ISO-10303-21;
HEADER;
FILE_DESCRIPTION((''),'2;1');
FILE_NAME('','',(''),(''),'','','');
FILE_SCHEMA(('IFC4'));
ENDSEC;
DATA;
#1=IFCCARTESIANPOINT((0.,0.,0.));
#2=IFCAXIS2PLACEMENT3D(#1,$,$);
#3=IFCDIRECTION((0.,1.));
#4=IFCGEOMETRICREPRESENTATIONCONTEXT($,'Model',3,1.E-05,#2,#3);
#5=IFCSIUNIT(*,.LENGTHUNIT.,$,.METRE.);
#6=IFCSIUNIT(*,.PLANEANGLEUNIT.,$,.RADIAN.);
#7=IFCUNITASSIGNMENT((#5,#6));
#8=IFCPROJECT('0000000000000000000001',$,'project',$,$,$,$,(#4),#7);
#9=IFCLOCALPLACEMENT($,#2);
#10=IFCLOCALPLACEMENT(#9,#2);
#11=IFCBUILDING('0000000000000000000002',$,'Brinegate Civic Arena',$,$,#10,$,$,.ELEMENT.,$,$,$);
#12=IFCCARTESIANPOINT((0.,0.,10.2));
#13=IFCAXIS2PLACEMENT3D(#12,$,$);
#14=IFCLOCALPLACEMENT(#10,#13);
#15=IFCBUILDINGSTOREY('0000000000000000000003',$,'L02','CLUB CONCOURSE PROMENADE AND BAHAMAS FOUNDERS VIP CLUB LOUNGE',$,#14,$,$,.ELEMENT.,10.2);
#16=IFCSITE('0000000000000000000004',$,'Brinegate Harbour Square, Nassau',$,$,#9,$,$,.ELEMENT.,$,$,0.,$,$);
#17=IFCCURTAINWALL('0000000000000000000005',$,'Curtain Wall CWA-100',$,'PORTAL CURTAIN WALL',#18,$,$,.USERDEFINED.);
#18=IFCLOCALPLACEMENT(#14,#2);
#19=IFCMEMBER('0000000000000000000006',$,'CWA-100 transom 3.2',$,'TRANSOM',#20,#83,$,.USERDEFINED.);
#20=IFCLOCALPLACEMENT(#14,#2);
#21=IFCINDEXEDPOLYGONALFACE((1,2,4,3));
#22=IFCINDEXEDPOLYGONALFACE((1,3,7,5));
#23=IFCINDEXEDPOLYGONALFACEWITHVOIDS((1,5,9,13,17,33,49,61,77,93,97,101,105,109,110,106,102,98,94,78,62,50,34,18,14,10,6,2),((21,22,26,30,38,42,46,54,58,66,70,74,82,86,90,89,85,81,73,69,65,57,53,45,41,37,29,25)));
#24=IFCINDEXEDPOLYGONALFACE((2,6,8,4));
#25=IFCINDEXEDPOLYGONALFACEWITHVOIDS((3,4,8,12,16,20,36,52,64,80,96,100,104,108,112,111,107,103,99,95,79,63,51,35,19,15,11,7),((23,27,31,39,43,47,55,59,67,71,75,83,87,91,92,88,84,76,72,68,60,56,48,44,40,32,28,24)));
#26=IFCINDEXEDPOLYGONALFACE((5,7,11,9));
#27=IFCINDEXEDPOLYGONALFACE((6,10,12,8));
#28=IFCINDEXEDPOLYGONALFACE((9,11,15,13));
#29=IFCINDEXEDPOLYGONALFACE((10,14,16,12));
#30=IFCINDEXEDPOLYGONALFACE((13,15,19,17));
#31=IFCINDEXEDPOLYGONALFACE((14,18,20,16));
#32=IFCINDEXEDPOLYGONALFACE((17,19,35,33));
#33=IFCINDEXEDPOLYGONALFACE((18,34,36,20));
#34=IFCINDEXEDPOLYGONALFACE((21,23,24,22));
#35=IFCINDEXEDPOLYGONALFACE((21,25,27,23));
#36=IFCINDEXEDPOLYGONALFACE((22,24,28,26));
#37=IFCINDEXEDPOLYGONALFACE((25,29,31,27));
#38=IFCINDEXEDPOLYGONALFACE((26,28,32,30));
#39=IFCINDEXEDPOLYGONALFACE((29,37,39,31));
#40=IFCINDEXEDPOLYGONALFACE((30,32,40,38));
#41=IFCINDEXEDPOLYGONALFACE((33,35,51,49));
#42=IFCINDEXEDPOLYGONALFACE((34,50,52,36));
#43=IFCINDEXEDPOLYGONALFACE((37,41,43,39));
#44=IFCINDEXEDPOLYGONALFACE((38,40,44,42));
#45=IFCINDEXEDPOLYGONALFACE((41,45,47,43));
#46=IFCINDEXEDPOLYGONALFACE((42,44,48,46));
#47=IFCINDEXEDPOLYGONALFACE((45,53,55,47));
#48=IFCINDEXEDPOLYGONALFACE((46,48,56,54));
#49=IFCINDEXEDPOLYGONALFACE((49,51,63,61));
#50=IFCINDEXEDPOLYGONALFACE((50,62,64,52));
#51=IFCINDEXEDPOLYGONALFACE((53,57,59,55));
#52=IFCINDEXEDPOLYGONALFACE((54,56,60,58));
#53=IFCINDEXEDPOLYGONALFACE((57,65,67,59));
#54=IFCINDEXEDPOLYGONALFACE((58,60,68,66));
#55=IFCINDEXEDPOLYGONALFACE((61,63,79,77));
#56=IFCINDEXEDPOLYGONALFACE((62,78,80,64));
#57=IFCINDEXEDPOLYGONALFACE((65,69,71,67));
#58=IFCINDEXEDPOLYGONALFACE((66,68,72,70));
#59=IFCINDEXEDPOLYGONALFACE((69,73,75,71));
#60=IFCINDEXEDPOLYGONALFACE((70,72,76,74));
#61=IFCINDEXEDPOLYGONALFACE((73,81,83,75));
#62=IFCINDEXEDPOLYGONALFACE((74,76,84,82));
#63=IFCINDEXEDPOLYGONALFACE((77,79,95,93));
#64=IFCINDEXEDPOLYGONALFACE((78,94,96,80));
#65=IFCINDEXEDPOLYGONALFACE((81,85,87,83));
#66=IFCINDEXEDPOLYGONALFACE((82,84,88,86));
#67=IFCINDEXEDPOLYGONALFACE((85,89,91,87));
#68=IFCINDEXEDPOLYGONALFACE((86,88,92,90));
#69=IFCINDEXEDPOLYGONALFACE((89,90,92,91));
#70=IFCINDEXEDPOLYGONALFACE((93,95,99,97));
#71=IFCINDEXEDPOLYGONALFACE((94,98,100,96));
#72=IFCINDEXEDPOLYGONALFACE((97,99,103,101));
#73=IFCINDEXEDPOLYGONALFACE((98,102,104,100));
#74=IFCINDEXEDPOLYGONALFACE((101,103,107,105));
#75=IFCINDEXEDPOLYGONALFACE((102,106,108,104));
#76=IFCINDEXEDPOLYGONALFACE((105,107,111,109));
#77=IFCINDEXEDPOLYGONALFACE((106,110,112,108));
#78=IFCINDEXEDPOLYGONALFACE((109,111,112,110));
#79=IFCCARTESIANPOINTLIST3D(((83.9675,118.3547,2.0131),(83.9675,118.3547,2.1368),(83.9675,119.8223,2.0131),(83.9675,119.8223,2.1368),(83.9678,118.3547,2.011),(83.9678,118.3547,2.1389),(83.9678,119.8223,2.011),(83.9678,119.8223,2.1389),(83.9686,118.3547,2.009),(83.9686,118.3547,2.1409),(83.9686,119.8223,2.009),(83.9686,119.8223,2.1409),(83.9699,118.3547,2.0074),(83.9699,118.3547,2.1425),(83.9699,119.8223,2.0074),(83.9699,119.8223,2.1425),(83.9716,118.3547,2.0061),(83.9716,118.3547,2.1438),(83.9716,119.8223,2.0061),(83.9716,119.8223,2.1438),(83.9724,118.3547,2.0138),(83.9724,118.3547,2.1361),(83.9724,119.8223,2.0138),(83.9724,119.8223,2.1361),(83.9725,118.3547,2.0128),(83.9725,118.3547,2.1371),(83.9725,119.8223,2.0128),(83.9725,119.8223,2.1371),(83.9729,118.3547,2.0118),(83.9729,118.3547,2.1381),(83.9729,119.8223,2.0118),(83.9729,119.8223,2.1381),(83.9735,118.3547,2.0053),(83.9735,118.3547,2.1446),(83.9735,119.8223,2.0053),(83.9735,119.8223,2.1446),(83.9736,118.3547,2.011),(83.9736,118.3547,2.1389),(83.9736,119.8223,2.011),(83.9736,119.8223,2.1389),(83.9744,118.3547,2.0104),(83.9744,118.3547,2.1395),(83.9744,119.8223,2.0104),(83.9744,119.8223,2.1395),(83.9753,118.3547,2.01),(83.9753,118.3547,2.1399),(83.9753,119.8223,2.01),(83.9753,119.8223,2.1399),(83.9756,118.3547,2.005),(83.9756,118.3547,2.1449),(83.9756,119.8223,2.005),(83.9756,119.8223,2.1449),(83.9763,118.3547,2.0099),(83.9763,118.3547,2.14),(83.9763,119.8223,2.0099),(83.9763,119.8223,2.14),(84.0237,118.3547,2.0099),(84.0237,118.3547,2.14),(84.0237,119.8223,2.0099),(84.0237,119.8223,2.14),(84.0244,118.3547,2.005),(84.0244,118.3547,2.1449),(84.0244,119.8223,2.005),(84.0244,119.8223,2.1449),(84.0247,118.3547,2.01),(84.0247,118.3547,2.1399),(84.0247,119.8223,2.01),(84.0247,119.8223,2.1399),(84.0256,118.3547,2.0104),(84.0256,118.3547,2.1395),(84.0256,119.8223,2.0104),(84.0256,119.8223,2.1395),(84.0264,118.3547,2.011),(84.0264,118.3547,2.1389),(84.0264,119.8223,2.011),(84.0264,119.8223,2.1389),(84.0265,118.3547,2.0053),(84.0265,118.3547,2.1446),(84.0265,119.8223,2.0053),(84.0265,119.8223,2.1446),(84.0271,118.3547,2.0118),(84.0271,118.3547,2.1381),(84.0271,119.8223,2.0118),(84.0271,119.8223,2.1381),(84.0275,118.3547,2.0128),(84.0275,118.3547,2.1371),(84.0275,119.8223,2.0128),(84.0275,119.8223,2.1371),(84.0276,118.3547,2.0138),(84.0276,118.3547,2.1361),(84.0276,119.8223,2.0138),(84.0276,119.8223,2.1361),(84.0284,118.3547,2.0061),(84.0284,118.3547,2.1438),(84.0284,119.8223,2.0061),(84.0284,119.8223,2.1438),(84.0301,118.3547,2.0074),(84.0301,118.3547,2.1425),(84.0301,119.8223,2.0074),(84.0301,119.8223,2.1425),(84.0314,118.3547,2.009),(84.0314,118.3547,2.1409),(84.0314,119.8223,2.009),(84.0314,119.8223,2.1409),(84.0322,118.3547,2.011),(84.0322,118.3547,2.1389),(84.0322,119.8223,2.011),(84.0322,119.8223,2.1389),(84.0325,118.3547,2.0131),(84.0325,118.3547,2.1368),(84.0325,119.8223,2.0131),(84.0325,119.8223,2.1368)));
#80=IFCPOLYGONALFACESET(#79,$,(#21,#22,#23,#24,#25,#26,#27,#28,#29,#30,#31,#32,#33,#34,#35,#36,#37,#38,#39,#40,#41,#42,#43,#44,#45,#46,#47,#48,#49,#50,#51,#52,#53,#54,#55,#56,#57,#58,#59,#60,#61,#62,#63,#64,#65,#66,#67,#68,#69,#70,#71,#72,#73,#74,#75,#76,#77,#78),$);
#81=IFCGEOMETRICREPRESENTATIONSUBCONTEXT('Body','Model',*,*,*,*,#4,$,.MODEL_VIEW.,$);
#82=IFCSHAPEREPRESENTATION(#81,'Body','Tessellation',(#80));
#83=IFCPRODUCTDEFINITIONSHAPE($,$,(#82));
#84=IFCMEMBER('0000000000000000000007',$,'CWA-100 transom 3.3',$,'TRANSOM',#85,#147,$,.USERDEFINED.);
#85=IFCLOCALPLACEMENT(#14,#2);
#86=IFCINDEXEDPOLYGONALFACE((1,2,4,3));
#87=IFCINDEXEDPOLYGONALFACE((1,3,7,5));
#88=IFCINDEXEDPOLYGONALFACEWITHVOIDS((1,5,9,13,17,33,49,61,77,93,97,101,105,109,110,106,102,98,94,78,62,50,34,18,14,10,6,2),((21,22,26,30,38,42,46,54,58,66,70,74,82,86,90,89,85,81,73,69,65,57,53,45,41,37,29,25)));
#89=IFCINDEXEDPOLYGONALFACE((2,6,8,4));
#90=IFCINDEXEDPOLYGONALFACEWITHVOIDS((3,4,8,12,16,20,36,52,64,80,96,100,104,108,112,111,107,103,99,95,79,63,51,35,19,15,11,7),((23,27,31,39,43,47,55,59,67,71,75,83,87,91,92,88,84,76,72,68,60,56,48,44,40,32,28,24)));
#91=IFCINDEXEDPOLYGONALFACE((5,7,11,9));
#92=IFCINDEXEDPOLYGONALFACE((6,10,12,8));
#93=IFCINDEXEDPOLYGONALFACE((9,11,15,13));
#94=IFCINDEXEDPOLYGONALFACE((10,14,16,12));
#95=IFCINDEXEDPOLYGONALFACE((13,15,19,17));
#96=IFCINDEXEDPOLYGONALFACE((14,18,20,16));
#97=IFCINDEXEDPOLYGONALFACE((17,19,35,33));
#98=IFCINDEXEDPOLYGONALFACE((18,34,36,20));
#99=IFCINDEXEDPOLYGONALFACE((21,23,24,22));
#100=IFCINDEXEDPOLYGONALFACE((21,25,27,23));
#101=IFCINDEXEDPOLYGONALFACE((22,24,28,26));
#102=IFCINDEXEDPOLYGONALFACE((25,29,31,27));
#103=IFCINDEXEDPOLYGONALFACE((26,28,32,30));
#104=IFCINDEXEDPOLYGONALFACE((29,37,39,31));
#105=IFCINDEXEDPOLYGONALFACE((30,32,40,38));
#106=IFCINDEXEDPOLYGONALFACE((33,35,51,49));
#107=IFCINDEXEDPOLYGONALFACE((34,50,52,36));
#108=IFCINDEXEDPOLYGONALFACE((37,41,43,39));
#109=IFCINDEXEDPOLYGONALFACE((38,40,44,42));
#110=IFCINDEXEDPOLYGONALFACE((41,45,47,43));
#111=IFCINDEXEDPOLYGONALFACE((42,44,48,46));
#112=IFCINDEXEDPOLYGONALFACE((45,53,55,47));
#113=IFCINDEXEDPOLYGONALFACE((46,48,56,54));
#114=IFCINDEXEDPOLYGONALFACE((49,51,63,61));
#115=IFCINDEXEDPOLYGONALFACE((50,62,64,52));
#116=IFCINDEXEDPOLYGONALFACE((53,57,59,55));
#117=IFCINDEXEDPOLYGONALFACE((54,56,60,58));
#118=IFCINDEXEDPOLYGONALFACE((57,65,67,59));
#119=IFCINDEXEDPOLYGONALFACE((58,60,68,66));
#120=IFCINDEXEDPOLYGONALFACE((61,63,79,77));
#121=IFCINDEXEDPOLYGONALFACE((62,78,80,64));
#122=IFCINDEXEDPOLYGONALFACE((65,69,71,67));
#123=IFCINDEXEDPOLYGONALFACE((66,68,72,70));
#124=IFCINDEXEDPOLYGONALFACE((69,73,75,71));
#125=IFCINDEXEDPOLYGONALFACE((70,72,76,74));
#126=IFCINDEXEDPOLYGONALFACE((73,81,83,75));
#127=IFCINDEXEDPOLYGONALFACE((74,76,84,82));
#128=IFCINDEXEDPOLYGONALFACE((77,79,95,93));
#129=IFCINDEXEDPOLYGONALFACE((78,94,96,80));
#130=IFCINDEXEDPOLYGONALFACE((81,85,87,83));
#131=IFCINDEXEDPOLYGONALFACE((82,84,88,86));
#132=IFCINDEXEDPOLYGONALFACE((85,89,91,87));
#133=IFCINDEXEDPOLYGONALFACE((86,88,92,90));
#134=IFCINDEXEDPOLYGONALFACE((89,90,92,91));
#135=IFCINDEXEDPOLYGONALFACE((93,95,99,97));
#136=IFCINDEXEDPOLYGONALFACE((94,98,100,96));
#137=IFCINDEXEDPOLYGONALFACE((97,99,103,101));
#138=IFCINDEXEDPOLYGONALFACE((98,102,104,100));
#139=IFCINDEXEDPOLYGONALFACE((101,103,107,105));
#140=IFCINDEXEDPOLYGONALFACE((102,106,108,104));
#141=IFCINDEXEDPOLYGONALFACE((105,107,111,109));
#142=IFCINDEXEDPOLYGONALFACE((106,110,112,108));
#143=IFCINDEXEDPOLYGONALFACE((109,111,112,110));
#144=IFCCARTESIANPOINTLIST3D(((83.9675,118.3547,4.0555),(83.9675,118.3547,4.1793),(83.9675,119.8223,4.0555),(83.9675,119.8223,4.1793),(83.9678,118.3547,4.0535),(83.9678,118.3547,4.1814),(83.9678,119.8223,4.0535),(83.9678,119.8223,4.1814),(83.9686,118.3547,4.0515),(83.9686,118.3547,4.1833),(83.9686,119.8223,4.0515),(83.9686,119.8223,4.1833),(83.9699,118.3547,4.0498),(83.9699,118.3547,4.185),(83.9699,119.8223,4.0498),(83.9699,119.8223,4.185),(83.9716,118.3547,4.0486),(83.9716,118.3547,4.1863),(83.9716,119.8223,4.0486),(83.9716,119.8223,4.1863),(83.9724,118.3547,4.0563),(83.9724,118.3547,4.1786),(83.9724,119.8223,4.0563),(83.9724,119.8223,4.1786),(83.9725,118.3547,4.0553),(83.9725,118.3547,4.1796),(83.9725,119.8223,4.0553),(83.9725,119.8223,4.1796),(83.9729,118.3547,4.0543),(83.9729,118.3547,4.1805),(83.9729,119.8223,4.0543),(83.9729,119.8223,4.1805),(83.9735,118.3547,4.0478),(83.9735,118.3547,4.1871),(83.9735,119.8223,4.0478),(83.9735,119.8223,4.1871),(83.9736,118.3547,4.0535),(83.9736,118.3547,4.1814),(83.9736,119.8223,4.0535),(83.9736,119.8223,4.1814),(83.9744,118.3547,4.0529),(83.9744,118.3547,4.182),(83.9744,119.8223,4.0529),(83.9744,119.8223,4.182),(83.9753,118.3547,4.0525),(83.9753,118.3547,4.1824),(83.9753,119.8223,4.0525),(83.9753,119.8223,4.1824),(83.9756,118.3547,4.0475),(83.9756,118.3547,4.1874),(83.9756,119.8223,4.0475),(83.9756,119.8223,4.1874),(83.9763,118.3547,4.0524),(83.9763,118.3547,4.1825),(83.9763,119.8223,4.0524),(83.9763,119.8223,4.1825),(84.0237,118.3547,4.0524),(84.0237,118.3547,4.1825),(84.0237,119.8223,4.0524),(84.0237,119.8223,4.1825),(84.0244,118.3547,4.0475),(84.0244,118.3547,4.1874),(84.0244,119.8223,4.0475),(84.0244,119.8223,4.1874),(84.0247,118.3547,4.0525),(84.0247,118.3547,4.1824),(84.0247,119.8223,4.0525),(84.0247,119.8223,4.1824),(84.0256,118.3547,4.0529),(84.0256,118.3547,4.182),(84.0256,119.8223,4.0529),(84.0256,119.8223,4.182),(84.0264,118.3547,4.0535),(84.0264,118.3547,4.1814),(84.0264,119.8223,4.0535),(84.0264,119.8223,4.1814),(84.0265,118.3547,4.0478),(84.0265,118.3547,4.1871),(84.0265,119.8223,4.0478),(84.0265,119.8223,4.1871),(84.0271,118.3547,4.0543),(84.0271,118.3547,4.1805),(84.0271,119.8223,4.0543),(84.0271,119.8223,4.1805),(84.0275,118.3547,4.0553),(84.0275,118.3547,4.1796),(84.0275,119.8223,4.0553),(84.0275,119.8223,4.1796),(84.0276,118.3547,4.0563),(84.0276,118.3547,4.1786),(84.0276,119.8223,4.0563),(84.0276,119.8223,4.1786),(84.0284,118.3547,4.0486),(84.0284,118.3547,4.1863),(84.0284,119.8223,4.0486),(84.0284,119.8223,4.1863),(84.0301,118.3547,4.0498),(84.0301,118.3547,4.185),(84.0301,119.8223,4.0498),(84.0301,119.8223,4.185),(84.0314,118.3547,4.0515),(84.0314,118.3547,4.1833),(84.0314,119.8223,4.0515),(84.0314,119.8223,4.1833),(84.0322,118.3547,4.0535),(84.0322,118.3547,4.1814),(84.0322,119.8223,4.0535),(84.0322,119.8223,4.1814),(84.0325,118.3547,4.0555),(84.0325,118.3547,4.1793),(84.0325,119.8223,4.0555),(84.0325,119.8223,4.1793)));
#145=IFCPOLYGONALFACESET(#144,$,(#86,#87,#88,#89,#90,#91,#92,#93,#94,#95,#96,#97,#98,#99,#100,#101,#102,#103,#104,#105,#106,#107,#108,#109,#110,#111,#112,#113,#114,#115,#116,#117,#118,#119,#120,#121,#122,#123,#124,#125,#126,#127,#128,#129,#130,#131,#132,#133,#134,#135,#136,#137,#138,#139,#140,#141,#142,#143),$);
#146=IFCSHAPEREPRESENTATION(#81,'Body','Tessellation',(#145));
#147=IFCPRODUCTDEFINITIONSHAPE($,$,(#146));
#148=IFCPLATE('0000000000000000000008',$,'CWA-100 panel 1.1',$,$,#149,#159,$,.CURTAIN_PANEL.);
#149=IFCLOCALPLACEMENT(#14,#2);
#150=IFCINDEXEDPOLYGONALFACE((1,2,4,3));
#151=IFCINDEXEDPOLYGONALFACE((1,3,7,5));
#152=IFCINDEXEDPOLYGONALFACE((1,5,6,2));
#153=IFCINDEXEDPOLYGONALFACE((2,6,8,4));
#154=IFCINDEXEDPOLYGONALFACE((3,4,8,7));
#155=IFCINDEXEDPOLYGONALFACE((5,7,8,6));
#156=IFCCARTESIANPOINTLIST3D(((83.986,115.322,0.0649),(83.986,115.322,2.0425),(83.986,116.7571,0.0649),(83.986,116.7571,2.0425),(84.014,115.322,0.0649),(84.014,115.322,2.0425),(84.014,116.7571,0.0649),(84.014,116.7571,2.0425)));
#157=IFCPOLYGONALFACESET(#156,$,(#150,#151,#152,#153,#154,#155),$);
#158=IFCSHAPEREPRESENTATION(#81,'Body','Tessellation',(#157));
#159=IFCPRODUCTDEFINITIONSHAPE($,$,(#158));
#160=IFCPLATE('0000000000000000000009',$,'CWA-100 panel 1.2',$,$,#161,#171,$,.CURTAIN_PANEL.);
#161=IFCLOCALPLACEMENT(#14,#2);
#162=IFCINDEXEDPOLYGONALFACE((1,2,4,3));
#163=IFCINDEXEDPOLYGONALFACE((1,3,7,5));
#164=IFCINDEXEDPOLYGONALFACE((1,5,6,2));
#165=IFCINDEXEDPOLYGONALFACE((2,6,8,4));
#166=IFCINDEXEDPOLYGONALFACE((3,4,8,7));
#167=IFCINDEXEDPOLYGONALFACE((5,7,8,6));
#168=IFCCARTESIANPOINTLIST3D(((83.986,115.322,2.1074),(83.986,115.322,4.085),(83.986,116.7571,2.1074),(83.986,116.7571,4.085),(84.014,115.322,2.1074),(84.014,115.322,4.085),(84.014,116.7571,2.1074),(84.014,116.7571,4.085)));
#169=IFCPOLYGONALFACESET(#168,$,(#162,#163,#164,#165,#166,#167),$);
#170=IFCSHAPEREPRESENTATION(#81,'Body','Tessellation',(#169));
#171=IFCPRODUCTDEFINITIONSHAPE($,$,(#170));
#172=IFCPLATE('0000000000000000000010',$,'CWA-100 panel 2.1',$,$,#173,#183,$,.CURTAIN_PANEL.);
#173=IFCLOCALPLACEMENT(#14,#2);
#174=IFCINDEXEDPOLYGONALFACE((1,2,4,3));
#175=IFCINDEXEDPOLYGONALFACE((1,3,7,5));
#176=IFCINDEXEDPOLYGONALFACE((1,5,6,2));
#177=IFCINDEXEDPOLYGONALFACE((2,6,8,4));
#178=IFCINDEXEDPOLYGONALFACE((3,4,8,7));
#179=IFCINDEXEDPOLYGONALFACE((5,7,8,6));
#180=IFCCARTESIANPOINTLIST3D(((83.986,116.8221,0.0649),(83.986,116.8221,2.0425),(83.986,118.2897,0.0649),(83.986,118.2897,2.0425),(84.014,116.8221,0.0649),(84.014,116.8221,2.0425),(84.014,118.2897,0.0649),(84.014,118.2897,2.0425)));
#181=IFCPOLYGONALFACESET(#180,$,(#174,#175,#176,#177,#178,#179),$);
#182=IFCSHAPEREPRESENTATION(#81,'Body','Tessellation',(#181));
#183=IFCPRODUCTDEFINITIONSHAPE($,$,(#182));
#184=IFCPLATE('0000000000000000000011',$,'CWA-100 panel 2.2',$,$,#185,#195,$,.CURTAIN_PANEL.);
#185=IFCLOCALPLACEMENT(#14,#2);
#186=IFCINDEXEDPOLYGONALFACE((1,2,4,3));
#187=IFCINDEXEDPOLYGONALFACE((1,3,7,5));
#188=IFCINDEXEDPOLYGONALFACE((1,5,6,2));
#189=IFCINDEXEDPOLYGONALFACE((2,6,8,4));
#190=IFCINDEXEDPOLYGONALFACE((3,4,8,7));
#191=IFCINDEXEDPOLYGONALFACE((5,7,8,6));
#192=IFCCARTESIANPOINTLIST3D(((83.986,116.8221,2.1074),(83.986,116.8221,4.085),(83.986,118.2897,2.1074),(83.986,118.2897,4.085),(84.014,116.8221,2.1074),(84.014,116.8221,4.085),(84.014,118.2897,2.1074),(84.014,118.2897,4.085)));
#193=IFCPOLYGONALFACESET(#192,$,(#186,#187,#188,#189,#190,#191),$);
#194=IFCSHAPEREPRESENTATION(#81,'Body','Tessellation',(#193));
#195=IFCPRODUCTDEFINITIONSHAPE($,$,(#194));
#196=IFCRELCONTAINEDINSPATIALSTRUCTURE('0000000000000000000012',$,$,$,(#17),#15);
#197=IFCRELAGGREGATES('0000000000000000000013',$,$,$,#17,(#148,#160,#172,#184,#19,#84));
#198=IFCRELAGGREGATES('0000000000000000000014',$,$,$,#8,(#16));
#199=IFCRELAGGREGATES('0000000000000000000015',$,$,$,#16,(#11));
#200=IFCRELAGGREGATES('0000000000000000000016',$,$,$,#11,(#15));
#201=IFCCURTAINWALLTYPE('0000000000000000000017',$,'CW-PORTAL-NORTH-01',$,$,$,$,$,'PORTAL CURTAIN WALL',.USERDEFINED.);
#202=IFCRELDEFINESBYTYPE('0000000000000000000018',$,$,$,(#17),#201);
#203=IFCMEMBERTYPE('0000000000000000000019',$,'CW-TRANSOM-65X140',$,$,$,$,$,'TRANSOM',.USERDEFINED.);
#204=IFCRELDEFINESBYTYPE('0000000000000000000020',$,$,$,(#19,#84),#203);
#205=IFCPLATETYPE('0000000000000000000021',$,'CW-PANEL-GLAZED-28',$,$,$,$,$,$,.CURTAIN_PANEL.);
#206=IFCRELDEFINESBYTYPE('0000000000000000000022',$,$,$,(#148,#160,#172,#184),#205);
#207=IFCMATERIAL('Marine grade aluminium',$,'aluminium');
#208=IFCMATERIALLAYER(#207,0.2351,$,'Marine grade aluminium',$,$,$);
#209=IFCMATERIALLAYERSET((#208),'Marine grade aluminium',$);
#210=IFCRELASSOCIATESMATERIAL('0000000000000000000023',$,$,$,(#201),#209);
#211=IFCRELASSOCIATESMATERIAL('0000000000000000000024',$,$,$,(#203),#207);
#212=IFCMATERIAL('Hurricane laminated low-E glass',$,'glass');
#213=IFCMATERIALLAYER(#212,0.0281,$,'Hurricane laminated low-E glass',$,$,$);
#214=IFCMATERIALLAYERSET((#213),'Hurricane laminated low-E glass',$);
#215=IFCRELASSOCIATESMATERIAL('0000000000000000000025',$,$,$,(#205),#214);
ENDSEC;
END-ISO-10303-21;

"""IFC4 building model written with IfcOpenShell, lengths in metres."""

from ifc_helpers import new_model, si_unit, direction, frame, origin, origin_2d, place, context, subcontext, project, spatial, rectangle, hollow_rectangle, extrude, material, layer, layer_set, material_profile, profile_set, type_object, element, aggregate, save


model = new_model("IFC4")

# Units and contexts
model_context = context("Model", 3, precision=1e-05, world=origin(), true_north=direction((0.0, 1.0)))
body_context = subcontext(model_context, "Body", "Model", "MODEL_VIEW")
ifc_project = project(units=[si_unit("LENGTHUNIT", "METRE"), si_unit("PLANEANGLEUNIT", "RADIAN")], contexts=[model_context])

# Site, building, storey
site_placement = place(None, origin())
site = spatial("IfcSite", under=ifc_project, at=site_placement, Name="Brinegate Harbour Square, Nassau", CompositionType="ELEMENT", RefElevation=0.0)
building_placement = place(site_placement, origin())
building = spatial("IfcBuilding", under=site, at=building_placement, Name="Brinegate Civic Arena", CompositionType="ELEMENT")
storey_placement = place(building_placement, frame((0.0, 0.0, 10.2)))
storey = spatial("IfcBuildingStorey", under=building, at=storey_placement, Name="L02", Description="CLUB CONCOURSE PROMENADE AND BAHAMAS FOUNDERS VIP CLUB LOUNGE", CompositionType="ELEMENT", Elevation=10.2)

# Curtain wall, members, plates
ifc_material_1 = material(Name="Marine grade aluminium", Category="aluminium")
ifc_layer_1 = layer(ifc_material_1, 0.2351, Name="Marine grade aluminium")
ifc_layer_set_1 = layer_set([ifc_layer_1], Name="Marine grade aluminium")
curtain_wall_type = type_object("IfcCurtainWallType", Name="CW-PORTAL-NORTH-01", ElementType="PORTAL CURTAIN WALL", PredefinedType="USERDEFINED", material=ifc_layer_set_1)
curtain_wall_placement = place(storey_placement, origin())
curtain_wall = element("IfcCurtainWall", 1, at=curtain_wall_placement, inside=storey, type_object=curtain_wall_type, Name="Curtain Wall CWA-100", ObjectType="PORTAL CURTAIN WALL", PredefinedType="USERDEFINED")
ifc_material_profile_1 = material_profile(ifc_material_1, hollow_rectangle(XDim=0.0649, YDim=0.1399, WallThickness=0.0049, InnerFilletRadius=0.0039, OuterFilletRadius=0.0081, at=origin_2d()), Name="TRN65X140")
ifc_profile_set_1 = profile_set([ifc_material_profile_1], Name="Marine grade aluminium")
member_type_1 = type_object("IfcMemberType", Name="CW-TRANSOM-65X140", ElementType="TRANSOM", PredefinedType="USERDEFINED", material=ifc_profile_set_1)
member_1_placement = place(storey_placement, frame((84.0, 118.3547, 2.075), z_axis=(0.0, 1.0, 0.0), x_axis=(-1.0, 0.0, 0.0)))
member_1 = element("IfcMember", 2, at=member_1_placement, type_object=member_type_1, Name="CWA-100 transom 3.2", ObjectType="TRANSOM", PredefinedType="USERDEFINED", context=body_context, shape_type="SweptSolid", body=[
    extrude(hollow_rectangle(XDim=0.0649, YDim=0.1399, WallThickness=0.0049, InnerFilletRadius=0.0039, OuterFilletRadius=0.0081, at=origin_2d()), origin(), (0.0, 0.0, 1.0), 1.4675),
])
member_2_placement = place(storey_placement, frame((84.0, 118.3547, 4.1174), z_axis=(0.0, 1.0, 0.0), x_axis=(-1.0, 0.0, 0.0)))
member_2 = element("IfcMember", 3, at=member_2_placement, type_object=member_type_1, Name="CWA-100 transom 3.3", ObjectType="TRANSOM", PredefinedType="USERDEFINED", context=body_context, shape_type="SweptSolid", body=[
    extrude(hollow_rectangle(XDim=0.0649, YDim=0.1399, WallThickness=0.0049, InnerFilletRadius=0.0039, OuterFilletRadius=0.0081, at=origin_2d()), origin(), (0.0, 0.0, 1.0), 1.4675),
])
ifc_material_2 = material(Name="Hurricane laminated low-E glass", Category="glass")
ifc_layer_2 = layer(ifc_material_2, 0.0281, Name="Hurricane laminated low-E glass")
ifc_layer_set_2 = layer_set([ifc_layer_2], Name="Hurricane laminated low-E glass")
plate_type = type_object("IfcPlateType", Name="CW-PANEL-GLAZED-28", PredefinedType="CURTAIN_PANEL", material=ifc_layer_set_2)
plate_1_placement = place(storey_placement, frame((84.0, 116.0396, 0.0649), z_axis=(0.0, 0.0, 1.0), x_axis=(0.0, 1.0, 0.0)))
plate_1 = element("IfcPlate", 4, at=plate_1_placement, type_object=plate_type, Name="CWA-100 panel 1.1", PredefinedType="CURTAIN_PANEL", context=body_context, shape_type="SweptSolid", body=[
    extrude(rectangle(XDim=1.4351, YDim=0.0281, at=origin_2d()), origin(), (0.0, 0.0, 1.0), 1.9775),
])
plate_2_placement = place(storey_placement, frame((84.0, 116.0396, 2.1074), z_axis=(0.0, 0.0, 1.0), x_axis=(0.0, 1.0, 0.0)))
plate_2 = element("IfcPlate", 5, at=plate_2_placement, type_object=plate_type, Name="CWA-100 panel 1.2", PredefinedType="CURTAIN_PANEL", context=body_context, shape_type="SweptSolid", body=[
    extrude(rectangle(XDim=1.4351, YDim=0.0281, at=origin_2d()), origin(), (0.0, 0.0, 1.0), 1.9775),
])
plate_3_placement = place(storey_placement, frame((84.0, 117.5559, 0.0649), z_axis=(0.0, 0.0, 1.0), x_axis=(0.0, 1.0, 0.0)))
plate_3 = element("IfcPlate", 6, at=plate_3_placement, type_object=plate_type, Name="CWA-100 panel 2.1", PredefinedType="CURTAIN_PANEL", context=body_context, shape_type="SweptSolid", body=[
    extrude(rectangle(XDim=1.4675, YDim=0.0281, at=origin_2d()), origin(), (0.0, 0.0, 1.0), 1.9775),
])
plate_4_placement = place(storey_placement, frame((84.0, 117.5559, 2.1074), z_axis=(0.0, 0.0, 1.0), x_axis=(0.0, 1.0, 0.0)))
plate_4 = element("IfcPlate", 7, at=plate_4_placement, type_object=plate_type, Name="CWA-100 panel 2.2", PredefinedType="CURTAIN_PANEL", context=body_context, shape_type="SweptSolid", body=[
    extrude(rectangle(XDim=1.4675, YDim=0.0281, at=origin_2d()), origin(), (0.0, 0.0, 1.0), 1.9775),
])
aggregate(curtain_wall, [plate_1, plate_2, plate_3, plate_4, member_1, member_2])

save(model, "model.ifc")
